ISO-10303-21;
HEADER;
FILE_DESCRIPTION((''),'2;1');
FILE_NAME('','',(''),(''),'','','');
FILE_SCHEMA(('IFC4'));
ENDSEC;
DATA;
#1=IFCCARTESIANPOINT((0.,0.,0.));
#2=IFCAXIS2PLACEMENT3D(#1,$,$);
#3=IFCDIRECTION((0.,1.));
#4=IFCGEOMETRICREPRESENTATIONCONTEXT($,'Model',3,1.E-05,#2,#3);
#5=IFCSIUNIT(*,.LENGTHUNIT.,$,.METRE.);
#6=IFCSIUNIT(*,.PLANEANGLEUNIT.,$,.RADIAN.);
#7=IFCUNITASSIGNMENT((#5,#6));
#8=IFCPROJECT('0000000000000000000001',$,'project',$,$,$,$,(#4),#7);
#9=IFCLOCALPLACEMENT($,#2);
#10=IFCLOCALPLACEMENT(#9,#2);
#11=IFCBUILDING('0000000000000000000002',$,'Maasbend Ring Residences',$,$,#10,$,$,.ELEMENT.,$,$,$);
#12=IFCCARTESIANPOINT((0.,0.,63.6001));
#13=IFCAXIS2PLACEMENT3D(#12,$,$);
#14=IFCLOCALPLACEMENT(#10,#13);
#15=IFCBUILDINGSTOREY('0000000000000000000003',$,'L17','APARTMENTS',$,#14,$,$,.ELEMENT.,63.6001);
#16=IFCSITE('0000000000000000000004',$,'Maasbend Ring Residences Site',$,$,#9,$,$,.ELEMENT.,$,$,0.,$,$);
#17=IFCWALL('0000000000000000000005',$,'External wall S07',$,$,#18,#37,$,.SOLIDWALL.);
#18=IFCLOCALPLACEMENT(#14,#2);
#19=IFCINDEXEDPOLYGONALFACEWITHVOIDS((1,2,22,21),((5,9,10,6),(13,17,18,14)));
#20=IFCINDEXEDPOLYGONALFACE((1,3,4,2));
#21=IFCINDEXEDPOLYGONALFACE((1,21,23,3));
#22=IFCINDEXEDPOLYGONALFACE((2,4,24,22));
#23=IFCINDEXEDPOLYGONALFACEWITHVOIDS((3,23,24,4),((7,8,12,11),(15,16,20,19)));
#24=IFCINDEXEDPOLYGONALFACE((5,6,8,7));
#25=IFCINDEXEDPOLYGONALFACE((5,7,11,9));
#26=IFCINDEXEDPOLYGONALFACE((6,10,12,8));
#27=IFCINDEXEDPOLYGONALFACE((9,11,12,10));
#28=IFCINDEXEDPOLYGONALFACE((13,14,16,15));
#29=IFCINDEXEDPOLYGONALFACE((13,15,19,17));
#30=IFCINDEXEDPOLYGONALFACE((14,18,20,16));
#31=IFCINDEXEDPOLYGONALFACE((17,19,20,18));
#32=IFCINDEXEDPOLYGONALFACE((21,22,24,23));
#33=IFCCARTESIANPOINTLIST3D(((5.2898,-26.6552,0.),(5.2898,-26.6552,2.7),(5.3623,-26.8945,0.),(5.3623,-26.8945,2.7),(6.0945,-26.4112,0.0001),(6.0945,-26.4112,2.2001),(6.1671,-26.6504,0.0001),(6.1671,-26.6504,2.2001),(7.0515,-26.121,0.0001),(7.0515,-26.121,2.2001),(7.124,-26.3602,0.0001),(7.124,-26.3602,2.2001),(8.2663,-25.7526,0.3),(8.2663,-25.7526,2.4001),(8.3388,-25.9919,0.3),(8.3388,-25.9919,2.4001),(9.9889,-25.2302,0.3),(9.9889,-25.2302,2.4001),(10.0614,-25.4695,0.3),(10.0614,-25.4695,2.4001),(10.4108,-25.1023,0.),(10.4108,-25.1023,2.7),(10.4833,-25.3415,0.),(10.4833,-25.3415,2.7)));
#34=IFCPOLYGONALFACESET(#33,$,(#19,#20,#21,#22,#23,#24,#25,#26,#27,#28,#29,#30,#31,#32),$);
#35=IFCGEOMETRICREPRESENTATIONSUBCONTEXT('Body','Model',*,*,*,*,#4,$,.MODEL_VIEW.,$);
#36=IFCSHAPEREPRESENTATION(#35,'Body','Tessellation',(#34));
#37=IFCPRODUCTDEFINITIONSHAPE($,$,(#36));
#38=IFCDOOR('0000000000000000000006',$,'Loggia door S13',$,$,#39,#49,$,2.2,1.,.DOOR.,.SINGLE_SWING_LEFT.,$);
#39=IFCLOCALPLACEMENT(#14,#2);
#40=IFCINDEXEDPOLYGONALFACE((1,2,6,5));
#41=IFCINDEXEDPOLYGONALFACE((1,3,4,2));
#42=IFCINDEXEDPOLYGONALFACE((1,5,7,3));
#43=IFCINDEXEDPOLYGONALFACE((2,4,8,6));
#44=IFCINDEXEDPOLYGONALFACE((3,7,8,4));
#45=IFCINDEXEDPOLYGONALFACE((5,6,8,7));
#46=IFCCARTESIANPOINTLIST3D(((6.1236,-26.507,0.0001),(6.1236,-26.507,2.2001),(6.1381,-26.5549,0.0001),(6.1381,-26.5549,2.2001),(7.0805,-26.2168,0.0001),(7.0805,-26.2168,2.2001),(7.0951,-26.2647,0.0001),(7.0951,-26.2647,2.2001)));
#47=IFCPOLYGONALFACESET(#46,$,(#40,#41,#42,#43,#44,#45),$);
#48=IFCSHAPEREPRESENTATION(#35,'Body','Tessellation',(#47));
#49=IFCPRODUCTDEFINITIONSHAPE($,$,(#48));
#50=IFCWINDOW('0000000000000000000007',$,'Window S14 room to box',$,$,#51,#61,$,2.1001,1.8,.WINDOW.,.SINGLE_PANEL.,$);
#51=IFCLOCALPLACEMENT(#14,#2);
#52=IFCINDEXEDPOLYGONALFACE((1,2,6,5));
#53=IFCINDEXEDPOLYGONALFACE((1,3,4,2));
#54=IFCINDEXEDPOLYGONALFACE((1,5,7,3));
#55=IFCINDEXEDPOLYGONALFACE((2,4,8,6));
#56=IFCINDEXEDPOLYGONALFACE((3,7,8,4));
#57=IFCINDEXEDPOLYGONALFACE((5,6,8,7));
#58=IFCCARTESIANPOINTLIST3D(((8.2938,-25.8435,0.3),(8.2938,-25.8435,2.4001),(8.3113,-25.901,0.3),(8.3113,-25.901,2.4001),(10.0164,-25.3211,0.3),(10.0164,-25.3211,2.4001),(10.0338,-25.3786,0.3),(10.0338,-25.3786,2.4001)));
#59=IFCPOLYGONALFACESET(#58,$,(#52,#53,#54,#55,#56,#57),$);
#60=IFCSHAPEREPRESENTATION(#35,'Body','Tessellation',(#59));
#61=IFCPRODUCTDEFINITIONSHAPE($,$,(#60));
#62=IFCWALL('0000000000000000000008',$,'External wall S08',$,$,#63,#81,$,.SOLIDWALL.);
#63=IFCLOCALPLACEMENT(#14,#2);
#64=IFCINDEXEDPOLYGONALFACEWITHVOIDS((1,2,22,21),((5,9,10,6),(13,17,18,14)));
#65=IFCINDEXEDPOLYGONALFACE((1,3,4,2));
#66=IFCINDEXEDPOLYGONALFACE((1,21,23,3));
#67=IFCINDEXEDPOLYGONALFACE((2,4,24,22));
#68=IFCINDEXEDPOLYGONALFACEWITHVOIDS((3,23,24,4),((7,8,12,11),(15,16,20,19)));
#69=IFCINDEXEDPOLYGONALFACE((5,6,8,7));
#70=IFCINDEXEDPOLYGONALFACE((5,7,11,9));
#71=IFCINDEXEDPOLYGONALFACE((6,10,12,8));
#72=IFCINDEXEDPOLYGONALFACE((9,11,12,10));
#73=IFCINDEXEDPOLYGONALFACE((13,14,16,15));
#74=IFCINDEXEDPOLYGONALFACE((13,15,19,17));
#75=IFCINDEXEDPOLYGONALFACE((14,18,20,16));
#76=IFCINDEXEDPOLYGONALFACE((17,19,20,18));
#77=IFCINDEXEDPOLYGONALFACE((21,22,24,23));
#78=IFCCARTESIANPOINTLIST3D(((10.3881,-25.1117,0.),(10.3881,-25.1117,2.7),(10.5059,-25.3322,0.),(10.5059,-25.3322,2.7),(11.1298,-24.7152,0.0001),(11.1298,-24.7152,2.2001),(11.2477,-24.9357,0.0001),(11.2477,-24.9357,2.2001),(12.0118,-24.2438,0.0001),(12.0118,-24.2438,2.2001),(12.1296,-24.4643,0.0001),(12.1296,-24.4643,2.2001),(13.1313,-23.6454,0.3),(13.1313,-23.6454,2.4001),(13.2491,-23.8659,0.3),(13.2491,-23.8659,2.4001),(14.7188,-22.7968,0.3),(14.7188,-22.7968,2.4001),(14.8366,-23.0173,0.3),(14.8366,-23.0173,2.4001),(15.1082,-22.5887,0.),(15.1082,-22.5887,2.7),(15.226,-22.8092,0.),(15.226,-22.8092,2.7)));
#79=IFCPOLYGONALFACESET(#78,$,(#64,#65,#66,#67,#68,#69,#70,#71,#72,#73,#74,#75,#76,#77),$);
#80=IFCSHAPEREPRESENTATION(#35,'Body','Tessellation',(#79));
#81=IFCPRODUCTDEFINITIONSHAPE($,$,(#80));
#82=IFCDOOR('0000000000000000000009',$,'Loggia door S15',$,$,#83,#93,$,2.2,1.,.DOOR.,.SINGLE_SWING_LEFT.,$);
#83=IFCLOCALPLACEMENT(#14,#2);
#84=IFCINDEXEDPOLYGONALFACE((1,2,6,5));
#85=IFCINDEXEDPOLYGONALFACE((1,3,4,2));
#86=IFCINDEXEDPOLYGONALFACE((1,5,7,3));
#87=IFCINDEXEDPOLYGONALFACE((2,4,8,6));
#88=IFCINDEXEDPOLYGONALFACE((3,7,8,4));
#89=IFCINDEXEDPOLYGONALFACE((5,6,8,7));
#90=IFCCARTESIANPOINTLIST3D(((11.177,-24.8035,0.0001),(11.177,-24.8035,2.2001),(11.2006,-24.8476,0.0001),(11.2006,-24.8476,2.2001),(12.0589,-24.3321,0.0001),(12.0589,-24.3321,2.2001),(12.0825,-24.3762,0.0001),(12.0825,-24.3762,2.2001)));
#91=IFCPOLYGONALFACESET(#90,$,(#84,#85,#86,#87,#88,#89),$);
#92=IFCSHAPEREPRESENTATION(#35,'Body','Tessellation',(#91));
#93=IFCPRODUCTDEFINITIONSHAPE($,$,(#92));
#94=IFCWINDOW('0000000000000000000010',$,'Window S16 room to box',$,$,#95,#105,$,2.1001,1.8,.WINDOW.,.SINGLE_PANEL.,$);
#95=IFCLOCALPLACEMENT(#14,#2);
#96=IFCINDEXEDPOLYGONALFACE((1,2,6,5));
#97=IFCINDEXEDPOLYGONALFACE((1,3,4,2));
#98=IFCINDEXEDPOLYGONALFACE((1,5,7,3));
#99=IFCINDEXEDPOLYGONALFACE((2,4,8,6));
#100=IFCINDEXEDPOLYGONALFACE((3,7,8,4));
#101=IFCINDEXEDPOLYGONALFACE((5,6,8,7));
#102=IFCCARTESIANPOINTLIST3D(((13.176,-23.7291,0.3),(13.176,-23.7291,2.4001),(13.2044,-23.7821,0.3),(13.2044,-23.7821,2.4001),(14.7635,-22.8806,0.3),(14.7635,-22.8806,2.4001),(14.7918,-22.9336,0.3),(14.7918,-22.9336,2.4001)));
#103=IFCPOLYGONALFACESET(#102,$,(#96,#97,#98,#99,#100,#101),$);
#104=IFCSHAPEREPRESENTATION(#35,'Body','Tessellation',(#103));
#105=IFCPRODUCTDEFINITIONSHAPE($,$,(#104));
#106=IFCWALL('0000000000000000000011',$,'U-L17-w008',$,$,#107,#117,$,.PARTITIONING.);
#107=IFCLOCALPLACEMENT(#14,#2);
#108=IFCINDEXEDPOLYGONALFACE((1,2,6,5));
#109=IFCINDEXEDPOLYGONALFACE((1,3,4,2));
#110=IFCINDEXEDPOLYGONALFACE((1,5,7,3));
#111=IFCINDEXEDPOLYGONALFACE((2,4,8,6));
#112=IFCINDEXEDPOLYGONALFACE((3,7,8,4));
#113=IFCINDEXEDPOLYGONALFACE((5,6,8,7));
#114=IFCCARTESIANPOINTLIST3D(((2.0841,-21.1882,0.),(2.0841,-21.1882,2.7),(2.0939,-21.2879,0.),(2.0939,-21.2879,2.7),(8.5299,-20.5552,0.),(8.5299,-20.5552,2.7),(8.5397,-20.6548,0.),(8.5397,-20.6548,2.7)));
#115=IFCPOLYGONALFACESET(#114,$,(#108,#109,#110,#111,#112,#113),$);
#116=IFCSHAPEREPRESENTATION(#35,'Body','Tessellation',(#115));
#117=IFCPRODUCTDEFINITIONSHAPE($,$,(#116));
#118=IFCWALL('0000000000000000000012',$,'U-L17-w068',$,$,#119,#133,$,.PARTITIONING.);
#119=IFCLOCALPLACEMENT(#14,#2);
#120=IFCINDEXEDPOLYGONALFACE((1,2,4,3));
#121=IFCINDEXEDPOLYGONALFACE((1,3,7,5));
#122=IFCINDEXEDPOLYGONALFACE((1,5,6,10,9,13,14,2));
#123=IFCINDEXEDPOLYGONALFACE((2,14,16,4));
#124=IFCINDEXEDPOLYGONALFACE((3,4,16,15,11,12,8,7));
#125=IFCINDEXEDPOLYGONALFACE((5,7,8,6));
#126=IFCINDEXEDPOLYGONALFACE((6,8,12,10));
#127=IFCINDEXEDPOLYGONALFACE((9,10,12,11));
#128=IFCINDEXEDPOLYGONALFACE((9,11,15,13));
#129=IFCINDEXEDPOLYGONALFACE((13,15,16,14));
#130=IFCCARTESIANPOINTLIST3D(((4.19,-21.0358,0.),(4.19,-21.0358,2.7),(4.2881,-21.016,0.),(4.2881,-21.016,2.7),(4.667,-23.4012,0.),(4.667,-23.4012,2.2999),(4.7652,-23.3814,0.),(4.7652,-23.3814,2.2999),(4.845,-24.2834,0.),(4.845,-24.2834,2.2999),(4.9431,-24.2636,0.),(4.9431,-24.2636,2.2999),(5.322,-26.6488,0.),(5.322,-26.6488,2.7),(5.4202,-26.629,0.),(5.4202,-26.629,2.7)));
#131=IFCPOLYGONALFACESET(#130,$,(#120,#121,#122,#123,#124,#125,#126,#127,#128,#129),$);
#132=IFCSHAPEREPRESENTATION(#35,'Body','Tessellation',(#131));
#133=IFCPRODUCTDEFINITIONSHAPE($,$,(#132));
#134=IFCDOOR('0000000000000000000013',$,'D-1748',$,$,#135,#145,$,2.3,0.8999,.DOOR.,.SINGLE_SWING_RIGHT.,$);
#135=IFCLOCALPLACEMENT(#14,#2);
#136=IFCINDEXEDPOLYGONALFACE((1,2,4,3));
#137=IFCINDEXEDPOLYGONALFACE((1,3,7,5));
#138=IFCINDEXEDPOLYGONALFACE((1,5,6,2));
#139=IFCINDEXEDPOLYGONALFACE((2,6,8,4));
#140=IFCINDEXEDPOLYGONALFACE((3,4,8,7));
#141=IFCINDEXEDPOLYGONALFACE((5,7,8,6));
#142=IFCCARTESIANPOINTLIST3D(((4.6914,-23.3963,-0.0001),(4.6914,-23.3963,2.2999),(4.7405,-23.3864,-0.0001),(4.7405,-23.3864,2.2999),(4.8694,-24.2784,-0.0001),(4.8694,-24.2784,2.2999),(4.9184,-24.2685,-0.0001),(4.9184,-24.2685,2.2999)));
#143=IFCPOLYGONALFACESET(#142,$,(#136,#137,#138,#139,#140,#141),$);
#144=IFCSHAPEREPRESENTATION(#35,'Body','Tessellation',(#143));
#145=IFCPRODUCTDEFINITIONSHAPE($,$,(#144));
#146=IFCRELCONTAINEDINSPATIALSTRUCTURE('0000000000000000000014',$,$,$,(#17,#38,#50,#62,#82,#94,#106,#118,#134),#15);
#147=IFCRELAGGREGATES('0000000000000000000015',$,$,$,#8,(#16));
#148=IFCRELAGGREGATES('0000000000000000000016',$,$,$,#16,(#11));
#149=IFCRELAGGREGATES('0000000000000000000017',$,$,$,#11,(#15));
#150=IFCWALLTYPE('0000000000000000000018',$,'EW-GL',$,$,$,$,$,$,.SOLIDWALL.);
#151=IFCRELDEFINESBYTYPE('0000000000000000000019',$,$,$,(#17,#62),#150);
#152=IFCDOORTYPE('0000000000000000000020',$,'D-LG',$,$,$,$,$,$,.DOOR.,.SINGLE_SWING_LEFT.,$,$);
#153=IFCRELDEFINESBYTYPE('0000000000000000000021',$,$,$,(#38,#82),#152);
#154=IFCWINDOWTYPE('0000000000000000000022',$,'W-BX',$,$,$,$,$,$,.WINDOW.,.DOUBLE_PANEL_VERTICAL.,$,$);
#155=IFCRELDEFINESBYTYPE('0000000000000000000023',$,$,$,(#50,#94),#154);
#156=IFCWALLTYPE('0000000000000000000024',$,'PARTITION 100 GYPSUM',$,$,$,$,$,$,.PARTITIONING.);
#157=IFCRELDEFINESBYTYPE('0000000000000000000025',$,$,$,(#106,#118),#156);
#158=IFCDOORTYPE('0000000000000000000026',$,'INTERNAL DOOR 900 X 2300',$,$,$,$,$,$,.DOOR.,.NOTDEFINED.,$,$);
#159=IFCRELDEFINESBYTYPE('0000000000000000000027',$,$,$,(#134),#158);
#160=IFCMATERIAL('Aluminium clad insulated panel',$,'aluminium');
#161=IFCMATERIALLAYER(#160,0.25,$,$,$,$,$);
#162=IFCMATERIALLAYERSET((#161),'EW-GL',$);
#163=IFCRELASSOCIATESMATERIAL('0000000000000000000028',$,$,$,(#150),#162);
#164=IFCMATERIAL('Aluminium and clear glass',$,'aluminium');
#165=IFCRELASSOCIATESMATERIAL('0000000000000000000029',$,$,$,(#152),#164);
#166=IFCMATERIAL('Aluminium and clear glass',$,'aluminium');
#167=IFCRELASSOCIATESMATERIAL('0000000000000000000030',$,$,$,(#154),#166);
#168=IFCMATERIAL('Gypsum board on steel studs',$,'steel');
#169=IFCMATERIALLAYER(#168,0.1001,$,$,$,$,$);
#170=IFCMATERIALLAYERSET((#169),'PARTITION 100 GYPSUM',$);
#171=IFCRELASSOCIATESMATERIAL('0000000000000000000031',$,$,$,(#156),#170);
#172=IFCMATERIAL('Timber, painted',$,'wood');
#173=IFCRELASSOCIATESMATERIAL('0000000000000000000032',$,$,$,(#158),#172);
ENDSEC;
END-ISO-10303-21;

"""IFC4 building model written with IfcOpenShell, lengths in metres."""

from ifc_helpers import new_model, si_unit, direction, frame, frame_2d, origin, place, context, subcontext, project, spatial, rectangle, extrude, material, layer, layer_set, type_object, element, fill, save


model = new_model("IFC4")

# Units and contexts
model_context = context("Model", 3, precision=1e-05, world=origin(), true_north=direction((0.0, 1.0)))
body_context = subcontext(model_context, "Body", "Model", "MODEL_VIEW")
ifc_project = project(units=[si_unit("LENGTHUNIT", "METRE"), si_unit("PLANEANGLEUNIT", "RADIAN")], contexts=[model_context])

# Site, building, storey
site_placement = place(None, origin())
site = spatial("IfcSite", under=ifc_project, at=site_placement, Name="Maasbend Ring Residences Site", CompositionType="ELEMENT", RefElevation=0.0)
building_placement = place(site_placement, origin())
building = spatial("IfcBuilding", under=site, at=building_placement, Name="Maasbend Ring Residences", CompositionType="ELEMENT")
storey_placement = place(building_placement, frame((0.0, 0.0, 63.6001)))
storey = spatial("IfcBuildingStorey", under=building, at=storey_placement, Name="L17", Description="APARTMENTS", CompositionType="ELEMENT", Elevation=63.6001)

# Walls, openings, doors, windows
ifc_material_1 = material(Name="Aluminium clad insulated panel", Category="aluminium")
ifc_layer_1 = layer(ifc_material_1, 0.25)
ifc_layer_set_1 = layer_set([ifc_layer_1], Name="EW-GL")
wall_type_1 = type_object("IfcWallType", Name="EW-GL", PredefinedType="SOLIDWALL", material=ifc_layer_set_1)
wall_1_placement = place(storey_placement, frame((5.3259, -26.7749, 0.0), z_axis=(0.0, 0.0, 1.0), x_axis=(0.956966, 0.290201, 0.0)))
wall_1 = element("IfcWall", 1, at=wall_1_placement, inside=storey, type_object=wall_type_1, Name="External wall S07", PredefinedType="SOLIDWALL", context=body_context, shape_type="SweptSolid", body=[
    extrude(rectangle(XDim=5.3513, YDim=0.25, at=frame_2d((2.6758, 0.0))), origin(), (0.0, 0.0, 1.0), 2.7),
])
opening_1_placement = place(wall_1_placement, frame((0.8411, 0.0, 0.0)))
opening_1 = element("IfcOpeningElement", 2, at=opening_1_placement, cuts=wall_1, PredefinedType="OPENING", context=body_context, shape_type="SweptSolid", body=[
    extrude(rectangle(XDim=1.0, YDim=2.2, at=frame_2d((0.5, 1.1001))), frame((0.0, 0.135, 0.0), z_axis=(0.0, -1.0, 0.0), x_axis=(1.0, 0.0, 0.0)), (0.0, 0.0, 1.0), 0.27),
])
opening_2_placement = place(wall_1_placement, frame((3.1106, 0.0, 0.3)))
opening_2 = element("IfcOpeningElement", 3, at=opening_2_placement, cuts=wall_1, PredefinedType="OPENING", context=body_context, shape_type="SweptSolid", body=[
    extrude(rectangle(XDim=1.8, YDim=2.1001, at=frame_2d((0.8999, 1.05))), frame((0.0, 0.135, 0.0), z_axis=(0.0, -1.0, 0.0), x_axis=(1.0, 0.0, 0.0)), (0.0, 0.0, 1.0), 0.27),
])
ifc_material_2 = material(Name="Aluminium and clear glass", Category="aluminium")
door_type_1 = type_object("IfcDoorType", Name="D-LG", OperationType="SINGLE_SWING_LEFT", PredefinedType="DOOR", material=ifc_material_2)
door_1_placement = place(opening_1_placement, origin())
door_1 = element("IfcDoor", 4, at=door_1_placement, inside=storey, type_object=door_type_1, Name="Loggia door S13", OperationType="SINGLE_SWING_LEFT", OverallHeight=2.2, OverallWidth=1.0, PredefinedType="DOOR", context=body_context, shape_type="SweptSolid", body=[
    extrude(rectangle(XDim=1.0, YDim=2.2, at=frame_2d((0.5, 1.1001))), frame((0.0, 0.0249, 0.0), z_axis=(0.0, -1.0, 0.0), x_axis=(1.0, 0.0, 0.0)), (0.0, 0.0, 1.0), 0.05),
])
fill(opening_1, door_1)
ifc_material_3 = material(Name="Aluminium and clear glass", Category="aluminium")
window_type_1 = type_object("IfcWindowType", Name="W-BX", PartitioningType="DOUBLE_PANEL_VERTICAL", PredefinedType="WINDOW", material=ifc_material_3)
window_1_placement = place(opening_2_placement, origin())
window_1 = element("IfcWindow", 5, at=window_1_placement, inside=storey, type_object=window_type_1, Name="Window S14 room to box", OverallHeight=2.1001, OverallWidth=1.8, PartitioningType="SINGLE_PANEL", PredefinedType="WINDOW", context=body_context, shape_type="SweptSolid", body=[
    extrude(rectangle(XDim=1.8, YDim=2.1001, at=frame_2d((0.8999, 1.05))), frame((0.0, 0.03, 0.0), z_axis=(0.0, -1.0, 0.0), x_axis=(1.0, 0.0, 0.0)), (0.0, 0.0, 1.0), 0.0601),
])
fill(opening_2, window_1)
wall_2_placement = place(storey_placement, frame((10.447, -25.2219, 0.0), z_axis=(0.0, 0.0, 1.0), x_axis=(0.881916, 0.471407, 0.0)))
wall_2 = element("IfcWall", 6, at=wall_2_placement, inside=storey, type_object=wall_type_1, Name="External wall S08", PredefinedType="SOLIDWALL", context=body_context, shape_type="SweptSolid", body=[
    extrude(rectangle(XDim=5.3521, YDim=0.25, at=frame_2d((2.676, 0.0))), origin(), (0.0, 0.0, 1.0), 2.7),
])
opening_3_placement = place(wall_2_placement, frame((0.8411, 0.0, 0.0)))
opening_3 = element("IfcOpeningElement", 7, at=opening_3_placement, cuts=wall_2, PredefinedType="OPENING", context=body_context, shape_type="SweptSolid", body=[
    extrude(rectangle(XDim=1.0, YDim=2.2, at=frame_2d((0.5, 1.1001))), frame((0.0, 0.135, 0.0), z_axis=(0.0, -1.0, 0.0), x_axis=(1.0, 0.0, 0.0)), (0.0, 0.0, 1.0), 0.27),
])
opening_4_placement = place(wall_2_placement, frame((3.1106, 0.0, 0.3)))
opening_4 = element("IfcOpeningElement", 8, at=opening_4_placement, cuts=wall_2, PredefinedType="OPENING", context=body_context, shape_type="SweptSolid", body=[
    extrude(rectangle(XDim=1.8, YDim=2.1001, at=frame_2d((0.8999, 1.05))), frame((0.0, 0.135, 0.0), z_axis=(0.0, -1.0, 0.0), x_axis=(1.0, 0.0, 0.0)), (0.0, 0.0, 1.0), 0.27),
])
door_2_placement = place(opening_3_placement, origin())
door_2 = element("IfcDoor", 9, at=door_2_placement, inside=storey, type_object=door_type_1, Name="Loggia door S15", OperationType="SINGLE_SWING_LEFT", OverallHeight=2.2, OverallWidth=1.0, PredefinedType="DOOR", context=body_context, shape_type="SweptSolid", body=[
    extrude(rectangle(XDim=1.0, YDim=2.2, at=frame_2d((0.5, 1.1001))), frame((0.0, 0.0249, 0.0), z_axis=(0.0, -1.0, 0.0), x_axis=(1.0, 0.0, 0.0)), (0.0, 0.0, 1.0), 0.05),
])
fill(opening_3, door_2)
window_2_placement = place(opening_4_placement, origin())
window_2 = element("IfcWindow", 10, at=window_2_placement, inside=storey, type_object=window_type_1, Name="Window S16 room to box", OverallHeight=2.1001, OverallWidth=1.8, PartitioningType="SINGLE_PANEL", PredefinedType="WINDOW", context=body_context, shape_type="SweptSolid", body=[
    extrude(rectangle(XDim=1.8, YDim=2.1001, at=frame_2d((0.8999, 1.05))), frame((0.0, 0.03, 0.0), z_axis=(0.0, -1.0, 0.0), x_axis=(1.0, 0.0, 0.0)), (0.0, 0.0, 1.0), 0.0601),
])
fill(opening_4, window_2)

# Wall
ifc_material_4 = material(Name="Gypsum board on steel studs", Category="steel")
ifc_layer_2 = layer(ifc_material_4, 0.1001)
ifc_layer_set_2 = layer_set([ifc_layer_2], Name="PARTITION 100 GYPSUM")
wall_type_2 = type_object("IfcWallType", Name="PARTITION 100 GYPSUM", PredefinedType="PARTITIONING", material=ifc_layer_set_2)
wall_3_placement = place(storey_placement, frame((2.0891, -21.238, 0.0), z_axis=(0.0, 0.0, 1.0), x_axis=(0.995212, 0.097742, 0.0)))
element("IfcWall", 11, at=wall_3_placement, inside=storey, type_object=wall_type_2, Name="U-L17-w008", PredefinedType="PARTITIONING", context=body_context, shape_type="SweptSolid", body=[
    extrude(rectangle(XDim=6.4768, YDim=0.1001, at=frame_2d((3.2383, 0.0))), origin(), (0.0, 0.0, 1.0), 2.7),
])

# Wall, opening, door
wall_4_placement = place(storey_placement, frame((4.239, -21.0259, 0.0), z_axis=(0.0, 0.0, 1.0), x_axis=(0.197707, -0.980261, 0.0)))
wall_4 = element("IfcWall", 12, at=wall_4_placement, inside=storey, type_object=wall_type_2, Name="U-L17-w068", PredefinedType="PARTITIONING", context=body_context, shape_type="SweptSolid", body=[
    extrude(rectangle(XDim=5.7261, YDim=0.1001, at=frame_2d((2.863, 0.0))), origin(), (0.0, 0.0, 1.0), 2.7),
])
opening_5_placement = place(wall_4_placement, frame((2.4131, 0.0, 0.0)))
opening_5 = element("IfcOpeningElement", 13, at=opening_5_placement, cuts=wall_4, PredefinedType="OPENING", context=body_context, shape_type="SweptSolid", body=[
    extrude(rectangle(XDim=0.8999, YDim=2.3, at=frame_2d((0.45, 1.1499))), frame((0.0, 0.0601, 0.0), z_axis=(0.0, -1.0, 0.0), x_axis=(1.0, 0.0, 0.0)), (0.0, 0.0, 1.0), 0.1201),
])
ifc_material_5 = material(Name="Timber, painted", Category="wood")
door_type_2 = type_object("IfcDoorType", Name="INTERNAL DOOR 900 X 2300", OperationType="NOTDEFINED", PredefinedType="DOOR", material=ifc_material_5)
door_3_placement = place(opening_5_placement, origin())
door_3 = element("IfcDoor", 14, at=door_3_placement, inside=storey, type_object=door_type_2, Name="D-1748", OperationType="SINGLE_SWING_RIGHT", OverallHeight=2.3, OverallWidth=0.8999, PredefinedType="DOOR", context=body_context, shape_type="SweptSolid", body=[
    extrude(rectangle(XDim=0.8999, YDim=2.3, at=frame_2d((0.45, 1.1499))), frame((0.0, 0.0249, 0.0), z_axis=(0.0, -1.0, 0.0), x_axis=(1.0, 0.0, 0.0)), (0.0, 0.0, 1.0), 0.05),
])
fill(opening_5, door_3)

save(model, "model.ifc")
